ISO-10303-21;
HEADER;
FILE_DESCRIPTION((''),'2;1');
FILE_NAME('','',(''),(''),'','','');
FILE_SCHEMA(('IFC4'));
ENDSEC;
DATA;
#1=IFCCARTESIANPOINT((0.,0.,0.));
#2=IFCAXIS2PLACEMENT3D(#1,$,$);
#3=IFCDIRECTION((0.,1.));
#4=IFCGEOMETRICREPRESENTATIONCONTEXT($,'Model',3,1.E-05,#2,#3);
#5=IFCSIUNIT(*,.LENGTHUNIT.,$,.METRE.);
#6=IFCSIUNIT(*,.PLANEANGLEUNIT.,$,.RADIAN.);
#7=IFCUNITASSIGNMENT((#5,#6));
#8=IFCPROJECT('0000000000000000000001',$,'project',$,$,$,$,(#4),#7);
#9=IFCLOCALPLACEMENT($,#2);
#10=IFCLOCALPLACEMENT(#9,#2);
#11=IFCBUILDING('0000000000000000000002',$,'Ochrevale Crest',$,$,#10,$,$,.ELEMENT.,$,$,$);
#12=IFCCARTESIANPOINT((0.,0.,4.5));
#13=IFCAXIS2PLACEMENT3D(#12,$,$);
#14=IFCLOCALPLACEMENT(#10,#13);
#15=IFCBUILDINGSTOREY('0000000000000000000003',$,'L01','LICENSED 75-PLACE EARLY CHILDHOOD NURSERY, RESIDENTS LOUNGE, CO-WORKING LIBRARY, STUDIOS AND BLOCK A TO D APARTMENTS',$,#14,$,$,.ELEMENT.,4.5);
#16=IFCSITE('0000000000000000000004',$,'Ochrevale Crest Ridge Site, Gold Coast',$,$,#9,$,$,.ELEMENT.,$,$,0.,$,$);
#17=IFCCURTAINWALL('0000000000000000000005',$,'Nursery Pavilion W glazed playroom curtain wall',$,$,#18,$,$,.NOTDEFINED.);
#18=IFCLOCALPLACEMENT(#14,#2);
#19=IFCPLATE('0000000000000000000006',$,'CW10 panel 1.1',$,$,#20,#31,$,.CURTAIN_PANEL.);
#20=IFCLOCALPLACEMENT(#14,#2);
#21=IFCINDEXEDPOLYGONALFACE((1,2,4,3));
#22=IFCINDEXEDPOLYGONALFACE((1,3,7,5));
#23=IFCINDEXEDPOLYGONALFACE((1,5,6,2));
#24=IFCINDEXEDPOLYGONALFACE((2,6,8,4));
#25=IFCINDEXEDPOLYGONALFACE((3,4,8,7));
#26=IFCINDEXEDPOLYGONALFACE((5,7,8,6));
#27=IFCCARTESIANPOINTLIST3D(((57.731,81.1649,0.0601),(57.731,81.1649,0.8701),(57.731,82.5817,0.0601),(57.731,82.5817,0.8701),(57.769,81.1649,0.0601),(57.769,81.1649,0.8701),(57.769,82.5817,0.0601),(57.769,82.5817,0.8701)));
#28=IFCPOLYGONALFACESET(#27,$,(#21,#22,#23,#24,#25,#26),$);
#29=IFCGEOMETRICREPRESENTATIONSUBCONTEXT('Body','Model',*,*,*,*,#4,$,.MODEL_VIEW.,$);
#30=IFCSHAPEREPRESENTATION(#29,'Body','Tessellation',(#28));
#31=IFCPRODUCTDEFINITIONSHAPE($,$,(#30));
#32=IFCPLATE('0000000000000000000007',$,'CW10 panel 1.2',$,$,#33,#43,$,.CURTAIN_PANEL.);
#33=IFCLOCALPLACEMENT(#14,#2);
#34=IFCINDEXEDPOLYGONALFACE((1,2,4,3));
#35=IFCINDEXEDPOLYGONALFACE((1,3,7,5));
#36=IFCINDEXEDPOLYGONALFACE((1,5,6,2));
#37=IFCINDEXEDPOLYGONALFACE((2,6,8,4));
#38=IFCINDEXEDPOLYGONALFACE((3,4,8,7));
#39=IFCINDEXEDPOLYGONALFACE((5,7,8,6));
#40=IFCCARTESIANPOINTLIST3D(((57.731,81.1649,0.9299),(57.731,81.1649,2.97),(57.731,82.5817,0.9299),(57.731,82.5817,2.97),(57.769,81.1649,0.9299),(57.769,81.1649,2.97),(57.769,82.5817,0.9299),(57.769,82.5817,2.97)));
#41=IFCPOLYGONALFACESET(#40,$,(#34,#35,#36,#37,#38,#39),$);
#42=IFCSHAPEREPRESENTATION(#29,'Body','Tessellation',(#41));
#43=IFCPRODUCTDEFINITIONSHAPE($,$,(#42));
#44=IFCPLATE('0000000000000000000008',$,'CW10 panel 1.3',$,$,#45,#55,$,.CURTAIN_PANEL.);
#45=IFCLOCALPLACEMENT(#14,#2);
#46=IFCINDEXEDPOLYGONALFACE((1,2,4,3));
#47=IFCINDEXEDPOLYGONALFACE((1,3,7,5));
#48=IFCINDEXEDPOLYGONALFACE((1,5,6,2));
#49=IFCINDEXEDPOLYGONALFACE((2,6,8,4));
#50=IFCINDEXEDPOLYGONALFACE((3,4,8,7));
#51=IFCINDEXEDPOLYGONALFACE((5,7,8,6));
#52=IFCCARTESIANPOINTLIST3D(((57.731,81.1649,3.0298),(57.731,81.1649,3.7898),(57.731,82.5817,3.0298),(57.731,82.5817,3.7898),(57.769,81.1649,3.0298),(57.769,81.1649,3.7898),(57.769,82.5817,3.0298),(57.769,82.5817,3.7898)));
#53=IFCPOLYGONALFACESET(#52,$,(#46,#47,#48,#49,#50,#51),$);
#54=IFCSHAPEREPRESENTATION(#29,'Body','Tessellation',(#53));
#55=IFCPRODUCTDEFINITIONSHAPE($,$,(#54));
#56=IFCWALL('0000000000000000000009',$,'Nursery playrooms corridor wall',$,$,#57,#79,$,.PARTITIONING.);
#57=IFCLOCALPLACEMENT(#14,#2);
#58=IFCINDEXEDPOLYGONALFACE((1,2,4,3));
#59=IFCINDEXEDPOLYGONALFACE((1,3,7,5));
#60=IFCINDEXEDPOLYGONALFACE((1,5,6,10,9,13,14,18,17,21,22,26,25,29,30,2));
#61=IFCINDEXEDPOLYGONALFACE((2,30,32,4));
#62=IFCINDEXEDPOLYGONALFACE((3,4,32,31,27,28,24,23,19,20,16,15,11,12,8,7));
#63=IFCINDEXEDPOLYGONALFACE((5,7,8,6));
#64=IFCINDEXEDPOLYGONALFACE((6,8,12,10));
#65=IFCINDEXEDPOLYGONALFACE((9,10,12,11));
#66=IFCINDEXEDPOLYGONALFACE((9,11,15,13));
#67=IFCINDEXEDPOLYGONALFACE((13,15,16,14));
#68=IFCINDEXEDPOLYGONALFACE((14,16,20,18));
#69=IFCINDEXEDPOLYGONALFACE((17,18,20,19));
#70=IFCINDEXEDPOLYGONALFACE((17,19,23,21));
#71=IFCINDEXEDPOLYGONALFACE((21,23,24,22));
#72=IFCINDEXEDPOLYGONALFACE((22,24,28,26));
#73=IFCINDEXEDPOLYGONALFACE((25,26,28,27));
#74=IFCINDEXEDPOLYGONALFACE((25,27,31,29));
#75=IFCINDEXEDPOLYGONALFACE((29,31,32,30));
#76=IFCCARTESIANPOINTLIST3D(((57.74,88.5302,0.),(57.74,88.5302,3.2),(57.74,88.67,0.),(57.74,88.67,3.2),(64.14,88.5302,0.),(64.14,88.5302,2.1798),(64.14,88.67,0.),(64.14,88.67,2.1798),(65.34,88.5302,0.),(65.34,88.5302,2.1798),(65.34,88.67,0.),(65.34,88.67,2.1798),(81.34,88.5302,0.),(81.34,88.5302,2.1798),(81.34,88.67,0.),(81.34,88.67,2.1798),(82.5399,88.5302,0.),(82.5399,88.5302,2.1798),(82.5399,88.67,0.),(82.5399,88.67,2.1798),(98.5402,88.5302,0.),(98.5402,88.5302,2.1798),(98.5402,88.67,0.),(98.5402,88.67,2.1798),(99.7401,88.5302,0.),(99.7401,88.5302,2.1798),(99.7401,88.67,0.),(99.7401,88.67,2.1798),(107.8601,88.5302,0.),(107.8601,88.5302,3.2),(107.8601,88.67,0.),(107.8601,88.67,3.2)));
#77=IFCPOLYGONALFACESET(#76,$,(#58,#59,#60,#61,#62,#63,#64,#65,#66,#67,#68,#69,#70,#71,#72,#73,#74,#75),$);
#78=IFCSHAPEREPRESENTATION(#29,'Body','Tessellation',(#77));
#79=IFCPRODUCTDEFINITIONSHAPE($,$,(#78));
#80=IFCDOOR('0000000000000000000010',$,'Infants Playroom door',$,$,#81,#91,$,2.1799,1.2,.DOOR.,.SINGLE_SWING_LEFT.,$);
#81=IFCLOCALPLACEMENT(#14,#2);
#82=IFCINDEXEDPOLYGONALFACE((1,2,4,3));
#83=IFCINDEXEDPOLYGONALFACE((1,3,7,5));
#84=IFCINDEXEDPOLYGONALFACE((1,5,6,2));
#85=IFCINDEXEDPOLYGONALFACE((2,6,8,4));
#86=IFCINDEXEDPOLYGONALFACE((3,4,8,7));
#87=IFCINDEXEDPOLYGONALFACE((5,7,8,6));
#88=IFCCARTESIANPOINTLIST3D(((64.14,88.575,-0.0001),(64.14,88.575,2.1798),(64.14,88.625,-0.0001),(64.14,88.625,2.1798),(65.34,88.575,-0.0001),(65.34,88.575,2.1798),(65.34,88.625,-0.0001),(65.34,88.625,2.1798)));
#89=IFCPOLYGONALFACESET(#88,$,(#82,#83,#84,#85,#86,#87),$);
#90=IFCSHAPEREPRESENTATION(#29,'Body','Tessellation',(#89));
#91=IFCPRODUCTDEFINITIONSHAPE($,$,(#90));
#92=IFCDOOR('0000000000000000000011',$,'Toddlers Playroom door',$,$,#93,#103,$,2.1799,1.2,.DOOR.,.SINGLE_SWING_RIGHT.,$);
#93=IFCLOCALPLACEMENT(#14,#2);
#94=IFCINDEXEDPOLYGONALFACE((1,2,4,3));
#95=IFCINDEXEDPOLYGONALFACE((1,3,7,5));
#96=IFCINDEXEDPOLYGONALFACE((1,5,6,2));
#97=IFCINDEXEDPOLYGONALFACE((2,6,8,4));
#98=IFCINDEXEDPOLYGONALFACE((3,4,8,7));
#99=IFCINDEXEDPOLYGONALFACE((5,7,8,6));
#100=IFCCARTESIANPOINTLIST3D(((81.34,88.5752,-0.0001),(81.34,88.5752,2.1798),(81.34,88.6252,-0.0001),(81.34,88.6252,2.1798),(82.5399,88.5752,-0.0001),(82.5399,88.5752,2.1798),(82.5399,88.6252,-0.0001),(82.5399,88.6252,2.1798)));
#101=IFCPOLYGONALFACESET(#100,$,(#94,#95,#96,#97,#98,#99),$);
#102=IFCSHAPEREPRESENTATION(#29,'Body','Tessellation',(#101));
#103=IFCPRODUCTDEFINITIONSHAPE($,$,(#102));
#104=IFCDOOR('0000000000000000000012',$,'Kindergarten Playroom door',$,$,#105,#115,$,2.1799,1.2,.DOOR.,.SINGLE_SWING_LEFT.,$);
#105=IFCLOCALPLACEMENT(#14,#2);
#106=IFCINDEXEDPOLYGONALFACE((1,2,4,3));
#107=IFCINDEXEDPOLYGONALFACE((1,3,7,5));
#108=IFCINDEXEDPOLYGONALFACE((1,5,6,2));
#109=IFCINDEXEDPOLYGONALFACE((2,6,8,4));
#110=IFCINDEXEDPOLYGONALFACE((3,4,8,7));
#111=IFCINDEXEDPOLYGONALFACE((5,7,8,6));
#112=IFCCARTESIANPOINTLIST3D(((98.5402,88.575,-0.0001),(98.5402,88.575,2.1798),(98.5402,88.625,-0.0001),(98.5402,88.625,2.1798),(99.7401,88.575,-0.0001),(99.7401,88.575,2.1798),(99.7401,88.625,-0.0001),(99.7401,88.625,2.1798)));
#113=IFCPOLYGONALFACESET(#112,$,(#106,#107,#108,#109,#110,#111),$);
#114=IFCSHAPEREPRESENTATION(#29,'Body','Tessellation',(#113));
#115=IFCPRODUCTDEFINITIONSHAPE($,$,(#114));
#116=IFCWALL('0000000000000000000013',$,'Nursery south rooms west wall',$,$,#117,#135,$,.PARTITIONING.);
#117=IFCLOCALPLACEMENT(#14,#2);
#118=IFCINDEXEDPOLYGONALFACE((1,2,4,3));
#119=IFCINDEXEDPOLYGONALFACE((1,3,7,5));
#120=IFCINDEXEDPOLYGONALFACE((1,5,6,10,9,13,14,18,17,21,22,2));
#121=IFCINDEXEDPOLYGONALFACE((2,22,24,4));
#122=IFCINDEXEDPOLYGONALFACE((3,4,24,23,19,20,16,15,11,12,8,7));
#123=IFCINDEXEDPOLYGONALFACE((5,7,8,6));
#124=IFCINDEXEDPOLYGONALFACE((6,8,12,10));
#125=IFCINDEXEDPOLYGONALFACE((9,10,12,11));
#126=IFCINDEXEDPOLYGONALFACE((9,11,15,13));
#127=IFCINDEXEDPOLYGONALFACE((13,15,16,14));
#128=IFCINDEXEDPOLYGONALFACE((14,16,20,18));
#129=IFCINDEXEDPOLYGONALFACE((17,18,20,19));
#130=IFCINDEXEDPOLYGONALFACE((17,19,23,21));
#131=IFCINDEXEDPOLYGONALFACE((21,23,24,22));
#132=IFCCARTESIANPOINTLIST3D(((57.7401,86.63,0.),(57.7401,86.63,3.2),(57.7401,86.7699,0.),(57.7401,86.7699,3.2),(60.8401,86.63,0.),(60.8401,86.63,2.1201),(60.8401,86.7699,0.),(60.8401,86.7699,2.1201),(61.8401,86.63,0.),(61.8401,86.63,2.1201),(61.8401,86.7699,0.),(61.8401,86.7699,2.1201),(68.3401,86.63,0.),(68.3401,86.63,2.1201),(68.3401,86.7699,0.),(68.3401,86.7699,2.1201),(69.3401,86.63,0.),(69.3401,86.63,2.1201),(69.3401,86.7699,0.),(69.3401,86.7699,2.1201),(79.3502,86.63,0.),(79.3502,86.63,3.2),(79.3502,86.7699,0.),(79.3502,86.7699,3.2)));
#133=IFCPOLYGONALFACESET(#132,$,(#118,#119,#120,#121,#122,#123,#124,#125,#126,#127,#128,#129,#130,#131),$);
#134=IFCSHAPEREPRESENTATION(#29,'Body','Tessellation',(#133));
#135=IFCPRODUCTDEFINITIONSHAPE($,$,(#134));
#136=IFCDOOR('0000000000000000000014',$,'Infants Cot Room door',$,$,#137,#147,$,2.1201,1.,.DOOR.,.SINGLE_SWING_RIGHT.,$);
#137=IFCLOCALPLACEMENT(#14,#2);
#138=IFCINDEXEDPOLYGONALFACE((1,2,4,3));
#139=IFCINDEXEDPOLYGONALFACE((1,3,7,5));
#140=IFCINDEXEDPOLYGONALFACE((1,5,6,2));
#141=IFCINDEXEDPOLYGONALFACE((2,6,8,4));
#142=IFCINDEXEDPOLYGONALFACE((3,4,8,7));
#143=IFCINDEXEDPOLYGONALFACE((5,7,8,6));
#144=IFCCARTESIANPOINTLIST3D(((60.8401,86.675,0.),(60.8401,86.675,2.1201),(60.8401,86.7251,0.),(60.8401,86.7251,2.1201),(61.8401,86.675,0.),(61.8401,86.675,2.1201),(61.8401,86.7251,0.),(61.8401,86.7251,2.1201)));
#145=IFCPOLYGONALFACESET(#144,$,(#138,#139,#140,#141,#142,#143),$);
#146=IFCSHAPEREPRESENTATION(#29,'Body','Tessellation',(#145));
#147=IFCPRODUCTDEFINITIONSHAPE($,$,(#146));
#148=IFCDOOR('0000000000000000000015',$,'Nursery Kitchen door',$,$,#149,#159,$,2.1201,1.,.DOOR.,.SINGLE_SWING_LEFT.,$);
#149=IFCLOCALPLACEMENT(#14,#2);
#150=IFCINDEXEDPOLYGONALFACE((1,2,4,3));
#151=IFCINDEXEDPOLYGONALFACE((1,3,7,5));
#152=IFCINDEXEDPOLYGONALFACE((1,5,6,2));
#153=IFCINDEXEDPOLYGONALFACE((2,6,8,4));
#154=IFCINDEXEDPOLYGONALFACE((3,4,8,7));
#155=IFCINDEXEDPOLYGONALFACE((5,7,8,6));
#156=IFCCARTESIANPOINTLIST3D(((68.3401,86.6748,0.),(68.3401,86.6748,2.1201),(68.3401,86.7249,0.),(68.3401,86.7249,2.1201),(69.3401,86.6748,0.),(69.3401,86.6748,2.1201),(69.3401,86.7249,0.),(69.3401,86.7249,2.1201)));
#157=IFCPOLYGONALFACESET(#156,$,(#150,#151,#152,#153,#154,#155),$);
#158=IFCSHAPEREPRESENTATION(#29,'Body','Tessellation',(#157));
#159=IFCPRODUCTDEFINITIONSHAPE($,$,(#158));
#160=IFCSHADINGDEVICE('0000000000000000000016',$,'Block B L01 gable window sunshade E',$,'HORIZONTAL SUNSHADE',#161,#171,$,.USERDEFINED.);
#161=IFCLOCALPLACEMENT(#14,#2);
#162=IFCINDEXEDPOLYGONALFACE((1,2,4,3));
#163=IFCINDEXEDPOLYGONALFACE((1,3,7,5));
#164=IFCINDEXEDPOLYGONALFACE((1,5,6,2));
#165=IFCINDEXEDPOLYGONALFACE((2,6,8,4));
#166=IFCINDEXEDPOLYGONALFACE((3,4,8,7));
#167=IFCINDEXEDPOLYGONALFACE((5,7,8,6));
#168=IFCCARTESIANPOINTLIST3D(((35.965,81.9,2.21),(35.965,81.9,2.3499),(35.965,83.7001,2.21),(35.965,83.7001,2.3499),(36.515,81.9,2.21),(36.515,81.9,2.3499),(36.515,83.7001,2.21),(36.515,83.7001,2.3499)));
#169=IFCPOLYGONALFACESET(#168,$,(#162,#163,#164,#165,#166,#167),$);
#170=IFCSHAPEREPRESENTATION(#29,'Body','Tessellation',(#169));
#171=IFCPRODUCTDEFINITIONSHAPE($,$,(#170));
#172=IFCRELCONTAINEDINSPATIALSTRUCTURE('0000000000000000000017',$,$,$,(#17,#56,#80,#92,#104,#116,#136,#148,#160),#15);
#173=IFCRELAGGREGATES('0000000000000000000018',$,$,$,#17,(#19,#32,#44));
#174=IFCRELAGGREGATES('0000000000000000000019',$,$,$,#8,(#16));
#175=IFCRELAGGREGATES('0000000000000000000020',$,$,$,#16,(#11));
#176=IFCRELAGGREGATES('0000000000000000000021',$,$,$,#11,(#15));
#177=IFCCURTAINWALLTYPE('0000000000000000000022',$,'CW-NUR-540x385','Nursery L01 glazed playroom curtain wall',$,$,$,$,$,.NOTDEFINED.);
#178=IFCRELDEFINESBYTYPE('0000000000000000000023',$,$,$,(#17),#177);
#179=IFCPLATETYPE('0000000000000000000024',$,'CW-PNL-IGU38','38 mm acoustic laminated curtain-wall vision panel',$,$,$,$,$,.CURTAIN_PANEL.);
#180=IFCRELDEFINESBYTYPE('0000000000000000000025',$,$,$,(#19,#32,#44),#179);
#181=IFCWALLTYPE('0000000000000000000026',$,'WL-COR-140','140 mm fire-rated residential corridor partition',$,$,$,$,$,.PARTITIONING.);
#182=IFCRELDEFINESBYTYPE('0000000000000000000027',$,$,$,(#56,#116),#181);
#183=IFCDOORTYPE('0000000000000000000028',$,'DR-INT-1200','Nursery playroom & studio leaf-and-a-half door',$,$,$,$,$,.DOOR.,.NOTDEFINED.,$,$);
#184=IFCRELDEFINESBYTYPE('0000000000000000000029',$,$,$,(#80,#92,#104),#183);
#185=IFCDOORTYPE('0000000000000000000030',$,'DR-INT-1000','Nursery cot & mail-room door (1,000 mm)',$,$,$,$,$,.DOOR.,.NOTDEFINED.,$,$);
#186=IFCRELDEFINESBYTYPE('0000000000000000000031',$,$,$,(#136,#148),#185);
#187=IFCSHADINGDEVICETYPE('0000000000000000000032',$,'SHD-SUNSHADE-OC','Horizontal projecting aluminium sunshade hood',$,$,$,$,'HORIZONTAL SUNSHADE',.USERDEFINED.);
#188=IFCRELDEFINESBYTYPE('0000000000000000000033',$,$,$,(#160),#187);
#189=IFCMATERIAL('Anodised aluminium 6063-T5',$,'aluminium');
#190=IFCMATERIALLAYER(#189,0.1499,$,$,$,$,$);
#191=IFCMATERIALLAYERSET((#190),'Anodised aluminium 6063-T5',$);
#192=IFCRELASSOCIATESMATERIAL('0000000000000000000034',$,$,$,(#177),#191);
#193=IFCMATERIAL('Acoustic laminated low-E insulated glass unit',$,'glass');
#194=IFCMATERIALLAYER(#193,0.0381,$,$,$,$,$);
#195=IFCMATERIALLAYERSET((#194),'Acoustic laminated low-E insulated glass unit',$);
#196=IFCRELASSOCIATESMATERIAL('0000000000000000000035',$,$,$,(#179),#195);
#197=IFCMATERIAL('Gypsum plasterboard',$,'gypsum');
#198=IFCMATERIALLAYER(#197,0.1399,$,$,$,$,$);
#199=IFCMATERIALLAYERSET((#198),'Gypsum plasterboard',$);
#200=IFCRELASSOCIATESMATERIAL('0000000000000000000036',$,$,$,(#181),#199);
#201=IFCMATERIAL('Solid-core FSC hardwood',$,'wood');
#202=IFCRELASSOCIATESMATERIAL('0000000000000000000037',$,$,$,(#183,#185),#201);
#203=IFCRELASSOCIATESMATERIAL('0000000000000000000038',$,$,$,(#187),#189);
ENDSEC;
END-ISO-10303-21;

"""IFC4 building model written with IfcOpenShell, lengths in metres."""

from ifc_helpers import new_model, si_unit, direction, frame, frame_2d, origin, origin_2d, place, context, subcontext, project, spatial, rectangle, extrude, material, layer, layer_set, type_object, element, fill, aggregate, save


model = new_model("IFC4")

# Units and contexts
model_context = context("Model", 3, precision=1e-05, world=origin(), true_north=direction((0.0, 1.0)))
body_context = subcontext(model_context, "Body", "Model", "MODEL_VIEW")
ifc_project = project(units=[si_unit("LENGTHUNIT", "METRE"), si_unit("PLANEANGLEUNIT", "RADIAN")], contexts=[model_context])

# Site, building, storey
site_placement = place(None, origin())
site = spatial("IfcSite", under=ifc_project, at=site_placement, Name="Ochrevale Crest Ridge Site, Gold Coast", CompositionType="ELEMENT", RefElevation=0.0)
building_placement = place(site_placement, origin())
building = spatial("IfcBuilding", under=site, at=building_placement, Name="Ochrevale Crest", CompositionType="ELEMENT")
storey_placement = place(building_placement, frame((0.0, 0.0, 4.5)))
storey = spatial("IfcBuildingStorey", under=building, at=storey_placement, Name="L01", Description="LICENSED 75-PLACE EARLY CHILDHOOD NURSERY, RESIDENTS LOUNGE, CO-WORKING LIBRARY, STUDIOS AND BLOCK A TO D APARTMENTS", CompositionType="ELEMENT", Elevation=4.5)

# Curtain wall, plates
ifc_material_1 = material(Name="Anodised aluminium 6063-T5", Category="aluminium")
ifc_layer_1 = layer(ifc_material_1, 0.1499)
ifc_layer_set_1 = layer_set([ifc_layer_1], Name="Anodised aluminium 6063-T5")
curtain_wall_type = type_object("IfcCurtainWallType", Name="CW-NUR-540x385", Description="Nursery L01 glazed playroom curtain wall", PredefinedType="NOTDEFINED", material=ifc_layer_set_1)
curtain_wall_placement = place(storey_placement, origin())
curtain_wall = element("IfcCurtainWall", 1, at=curtain_wall_placement, inside=storey, type_object=curtain_wall_type, Name="Nursery Pavilion W glazed playroom curtain wall", PredefinedType="NOTDEFINED")
ifc_material_2 = material(Name="Acoustic laminated low-E insulated glass unit", Category="glass")
ifc_layer_2 = layer(ifc_material_2, 0.0381)
ifc_layer_set_2 = layer_set([ifc_layer_2], Name="Acoustic laminated low-E insulated glass unit")
plate_type = type_object("IfcPlateType", Name="CW-PNL-IGU38", Description="38 mm acoustic laminated curtain-wall vision panel", PredefinedType="CURTAIN_PANEL", material=ifc_layer_set_2)
plate_1_placement = place(storey_placement, frame((57.75, 81.8733, 0.0601), z_axis=(0.0, 0.0, 1.0), x_axis=(0.0, 1.0, 0.0)))
plate_1 = element("IfcPlate", 2, at=plate_1_placement, type_object=plate_type, Name="CW10 panel 1.1", PredefinedType="CURTAIN_PANEL", context=body_context, shape_type="SweptSolid", body=[
    extrude(rectangle(XDim=1.4167, YDim=0.0381, at=origin_2d()), origin(), (0.0, 0.0, 1.0), 0.8101),
])
plate_2_placement = place(storey_placement, frame((57.75, 81.8733, 0.9299), z_axis=(0.0, 0.0, 1.0), x_axis=(0.0, 1.0, 0.0)))
plate_2 = element("IfcPlate", 3, at=plate_2_placement, type_object=plate_type, Name="CW10 panel 1.2", PredefinedType="CURTAIN_PANEL", context=body_context, shape_type="SweptSolid", body=[
    extrude(rectangle(XDim=1.4167, YDim=0.0381, at=origin_2d()), origin(), (0.0, 0.0, 1.0), 2.04),
])
plate_3_placement = place(storey_placement, frame((57.75, 81.8733, 3.0298), z_axis=(0.0, 0.0, 1.0), x_axis=(0.0, 1.0, 0.0)))
plate_3 = element("IfcPlate", 4, at=plate_3_placement, type_object=plate_type, Name="CW10 panel 1.3", PredefinedType="CURTAIN_PANEL", context=body_context, shape_type="SweptSolid", body=[
    extrude(rectangle(XDim=1.4167, YDim=0.0381, at=origin_2d()), origin(), (0.0, 0.0, 1.0), 0.76),
])
aggregate(curtain_wall, [plate_1, plate_2, plate_3])

# Walls, openings, doors
ifc_material_3 = material(Name="Gypsum plasterboard", Category="gypsum")
ifc_layer_3 = layer(ifc_material_3, 0.1399)
ifc_layer_set_3 = layer_set([ifc_layer_3], Name="Gypsum plasterboard")
wall_type = type_object("IfcWallType", Name="WL-COR-140", Description="140 mm fire-rated residential corridor partition", PredefinedType="PARTITIONING", material=ifc_layer_set_3)
wall_1_placement = place(storey_placement, frame((57.74, 88.6001, 0.0), z_axis=(0.0, 0.0, 1.0), x_axis=(1.0, 0.0, 0.0)))
wall_1 = element("IfcWall", 5, at=wall_1_placement, inside=storey, type_object=wall_type, Name="Nursery playrooms corridor wall", PredefinedType="PARTITIONING", context=body_context, shape_type="SweptSolid", body=[
    extrude(rectangle(XDim=50.1201, YDim=0.1399, at=frame_2d((25.0601, 0.0))), origin(), (0.0, 0.0, 1.0), 3.2),
])
opening_1_placement = place(wall_1_placement, frame((6.3999, 0.0, 0.0)))
opening_1 = element("IfcOpeningElement", 6, at=opening_1_placement, cuts=wall_1, PredefinedType="OPENING", context=body_context, shape_type="SweptSolid", body=[
    extrude(rectangle(XDim=1.2, YDim=2.1799, at=frame_2d((0.6001, 1.0898))), frame((0.0, 0.0801, 0.0), z_axis=(0.0, -1.0, 0.0), x_axis=(1.0, 0.0, 0.0)), (0.0, 0.0, 1.0), 0.1599),
])
opening_2_placement = place(wall_1_placement, frame((24.8, 0.0, 0.0), z_axis=(0.0, 0.0, 1.0), x_axis=(-1.0, 0.0, 0.0)))
opening_2 = element("IfcOpeningElement", 7, at=opening_2_placement, cuts=wall_1, PredefinedType="OPENING", context=body_context, shape_type="SweptSolid", body=[
    extrude(rectangle(XDim=1.2, YDim=2.1799, at=frame_2d((0.6001, 1.0898))), frame((0.0, 0.0801, 0.0), z_axis=(0.0, -1.0, 0.0), x_axis=(1.0, 0.0, 0.0)), (0.0, 0.0, 1.0), 0.1599),
])
opening_3_placement = place(wall_1_placement, frame((40.8, 0.0, 0.0)))
opening_3 = element("IfcOpeningElement", 8, at=opening_3_placement, cuts=wall_1, PredefinedType="OPENING", context=body_context, shape_type="SweptSolid", body=[
    extrude(rectangle(XDim=1.2, YDim=2.1799, at=frame_2d((0.6001, 1.0898))), frame((0.0, 0.0801, 0.0), z_axis=(0.0, -1.0, 0.0), x_axis=(1.0, 0.0, 0.0)), (0.0, 0.0, 1.0), 0.1599),
])
ifc_material_4 = material(Name="Solid-core FSC hardwood", Category="wood")
door_type_1 = type_object("IfcDoorType", Name="DR-INT-1200", Description="Nursery playroom & studio leaf-and-a-half door", OperationType="NOTDEFINED", PredefinedType="DOOR", material=ifc_material_4)
door_1_placement = place(opening_1_placement, origin())
door_1 = element("IfcDoor", 9, at=door_1_placement, inside=storey, type_object=door_type_1, Name="Infants Playroom door", OperationType="SINGLE_SWING_LEFT", OverallHeight=2.1799, OverallWidth=1.2, PredefinedType="DOOR", context=body_context, shape_type="SweptSolid", body=[
    extrude(rectangle(XDim=1.2, YDim=2.1799, at=frame_2d((0.6001, 1.0898))), frame((0.0, 0.0249, 0.0), z_axis=(0.0, -1.0, 0.0), x_axis=(1.0, 0.0, 0.0)), (0.0, 0.0, 1.0), 0.05),
])
fill(opening_1, door_1)
door_2_placement = place(opening_2_placement, origin())
door_2 = element("IfcDoor", 10, at=door_2_placement, inside=storey, type_object=door_type_1, Name="Toddlers Playroom door", OperationType="SINGLE_SWING_RIGHT", OverallHeight=2.1799, OverallWidth=1.2, PredefinedType="DOOR", context=body_context, shape_type="SweptSolid", body=[
    extrude(rectangle(XDim=1.2, YDim=2.1799, at=frame_2d((0.6001, 1.0898))), frame((0.0, 0.0249, 0.0), z_axis=(0.0, -1.0, 0.0), x_axis=(1.0, 0.0, 0.0)), (0.0, 0.0, 1.0), 0.05),
])
fill(opening_2, door_2)
door_3_placement = place(opening_3_placement, origin())
door_3 = element("IfcDoor", 11, at=door_3_placement, inside=storey, type_object=door_type_1, Name="Kindergarten Playroom door", OperationType="SINGLE_SWING_LEFT", OverallHeight=2.1799, OverallWidth=1.2, PredefinedType="DOOR", context=body_context, shape_type="SweptSolid", body=[
    extrude(rectangle(XDim=1.2, YDim=2.1799, at=frame_2d((0.6001, 1.0898))), frame((0.0, 0.0249, 0.0), z_axis=(0.0, -1.0, 0.0), x_axis=(1.0, 0.0, 0.0)), (0.0, 0.0, 1.0), 0.05),
])
fill(opening_3, door_3)
wall_2_placement = place(storey_placement, frame((57.74, 86.7, 0.0), z_axis=(0.0, 0.0, 1.0), x_axis=(1.0, 0.0, 0.0)))
wall_2 = element("IfcWall", 12, at=wall_2_placement, inside=storey, type_object=wall_type, Name="Nursery south rooms west wall", PredefinedType="PARTITIONING", context=body_context, shape_type="SweptSolid", body=[
    extrude(rectangle(XDim=21.6101, YDim=0.1399, at=frame_2d((10.8052, 0.0))), origin(), (0.0, 0.0, 1.0), 3.2),
])
opening_4_placement = place(wall_2_placement, frame((4.1001, 0.0, 0.0), z_axis=(0.0, 0.0, 1.0), x_axis=(-1.0, 0.0, 0.0)))
opening_4 = element("IfcOpeningElement", 13, at=opening_4_placement, cuts=wall_2, PredefinedType="OPENING", context=body_context, shape_type="SweptSolid", body=[
    extrude(rectangle(XDim=1.0, YDim=2.1201, at=frame_2d((0.5, 1.0601))), frame((0.0, 0.0801, 0.0), z_axis=(0.0, -1.0, 0.0), x_axis=(1.0, 0.0, 0.0)), (0.0, 0.0, 1.0), 0.1599),
])
opening_5_placement = place(wall_2_placement, frame((10.6001, 0.0, 0.0)))
opening_5 = element("IfcOpeningElement", 14, at=opening_5_placement, cuts=wall_2, PredefinedType="OPENING", context=body_context, shape_type="SweptSolid", body=[
    extrude(rectangle(XDim=1.0, YDim=2.1201, at=frame_2d((0.5, 1.0601))), frame((0.0, 0.0801, 0.0), z_axis=(0.0, -1.0, 0.0), x_axis=(1.0, 0.0, 0.0)), (0.0, 0.0, 1.0), 0.1599),
])
door_type_2 = type_object("IfcDoorType", Name="DR-INT-1000", Description="Nursery cot & mail-room door (1,000 mm)", OperationType="NOTDEFINED", PredefinedType="DOOR", material=ifc_material_4)
door_4_placement = place(opening_4_placement, origin())
door_4 = element("IfcDoor", 15, at=door_4_placement, inside=storey, type_object=door_type_2, Name="Infants Cot Room door", OperationType="SINGLE_SWING_RIGHT", OverallHeight=2.1201, OverallWidth=1.0, PredefinedType="DOOR", context=body_context, shape_type="SweptSolid", body=[
    extrude(rectangle(XDim=1.0, YDim=2.1201, at=frame_2d((0.5, 1.0601))), frame((0.0, 0.0249, 0.0), z_axis=(0.0, -1.0, 0.0), x_axis=(1.0, 0.0, 0.0)), (0.0, 0.0, 1.0), 0.05),
])
fill(opening_4, door_4)
door_5_placement = place(opening_5_placement, origin())
door_5 = element("IfcDoor", 16, at=door_5_placement, inside=storey, type_object=door_type_2, Name="Nursery Kitchen door", OperationType="SINGLE_SWING_LEFT", OverallHeight=2.1201, OverallWidth=1.0, PredefinedType="DOOR", context=body_context, shape_type="SweptSolid", body=[
    extrude(rectangle(XDim=1.0, YDim=2.1201, at=frame_2d((0.5, 1.0601))), frame((0.0, 0.0249, 0.0), z_axis=(0.0, -1.0, 0.0), x_axis=(1.0, 0.0, 0.0)), (0.0, 0.0, 1.0), 0.05),
])
fill(opening_5, door_5)

# Shading device
shading_device_type = type_object("IfcShadingDeviceType", Name="SHD-SUNSHADE-OC", Description="Horizontal projecting aluminium sunshade hood", ElementType="HORIZONTAL SUNSHADE", PredefinedType="USERDEFINED", material=ifc_material_1)
shading_device_placement = place(storey_placement, frame((36.24, 82.8, 2.21), z_axis=(0.0, 0.0, 1.0), x_axis=(1.0, 0.0, 0.0)))
element("IfcShadingDevice", 17, at=shading_device_placement, inside=storey, type_object=shading_device_type, Name="Block B L01 gable window sunshade E", ObjectType="HORIZONTAL SUNSHADE", PredefinedType="USERDEFINED", context=body_context, shape_type="SweptSolid", body=[
    extrude(rectangle(XDim=0.55, YDim=1.8, at=origin_2d()), origin(), (0.0, 0.0, 1.0), 0.1399),
])

save(model, "model.ifc")
